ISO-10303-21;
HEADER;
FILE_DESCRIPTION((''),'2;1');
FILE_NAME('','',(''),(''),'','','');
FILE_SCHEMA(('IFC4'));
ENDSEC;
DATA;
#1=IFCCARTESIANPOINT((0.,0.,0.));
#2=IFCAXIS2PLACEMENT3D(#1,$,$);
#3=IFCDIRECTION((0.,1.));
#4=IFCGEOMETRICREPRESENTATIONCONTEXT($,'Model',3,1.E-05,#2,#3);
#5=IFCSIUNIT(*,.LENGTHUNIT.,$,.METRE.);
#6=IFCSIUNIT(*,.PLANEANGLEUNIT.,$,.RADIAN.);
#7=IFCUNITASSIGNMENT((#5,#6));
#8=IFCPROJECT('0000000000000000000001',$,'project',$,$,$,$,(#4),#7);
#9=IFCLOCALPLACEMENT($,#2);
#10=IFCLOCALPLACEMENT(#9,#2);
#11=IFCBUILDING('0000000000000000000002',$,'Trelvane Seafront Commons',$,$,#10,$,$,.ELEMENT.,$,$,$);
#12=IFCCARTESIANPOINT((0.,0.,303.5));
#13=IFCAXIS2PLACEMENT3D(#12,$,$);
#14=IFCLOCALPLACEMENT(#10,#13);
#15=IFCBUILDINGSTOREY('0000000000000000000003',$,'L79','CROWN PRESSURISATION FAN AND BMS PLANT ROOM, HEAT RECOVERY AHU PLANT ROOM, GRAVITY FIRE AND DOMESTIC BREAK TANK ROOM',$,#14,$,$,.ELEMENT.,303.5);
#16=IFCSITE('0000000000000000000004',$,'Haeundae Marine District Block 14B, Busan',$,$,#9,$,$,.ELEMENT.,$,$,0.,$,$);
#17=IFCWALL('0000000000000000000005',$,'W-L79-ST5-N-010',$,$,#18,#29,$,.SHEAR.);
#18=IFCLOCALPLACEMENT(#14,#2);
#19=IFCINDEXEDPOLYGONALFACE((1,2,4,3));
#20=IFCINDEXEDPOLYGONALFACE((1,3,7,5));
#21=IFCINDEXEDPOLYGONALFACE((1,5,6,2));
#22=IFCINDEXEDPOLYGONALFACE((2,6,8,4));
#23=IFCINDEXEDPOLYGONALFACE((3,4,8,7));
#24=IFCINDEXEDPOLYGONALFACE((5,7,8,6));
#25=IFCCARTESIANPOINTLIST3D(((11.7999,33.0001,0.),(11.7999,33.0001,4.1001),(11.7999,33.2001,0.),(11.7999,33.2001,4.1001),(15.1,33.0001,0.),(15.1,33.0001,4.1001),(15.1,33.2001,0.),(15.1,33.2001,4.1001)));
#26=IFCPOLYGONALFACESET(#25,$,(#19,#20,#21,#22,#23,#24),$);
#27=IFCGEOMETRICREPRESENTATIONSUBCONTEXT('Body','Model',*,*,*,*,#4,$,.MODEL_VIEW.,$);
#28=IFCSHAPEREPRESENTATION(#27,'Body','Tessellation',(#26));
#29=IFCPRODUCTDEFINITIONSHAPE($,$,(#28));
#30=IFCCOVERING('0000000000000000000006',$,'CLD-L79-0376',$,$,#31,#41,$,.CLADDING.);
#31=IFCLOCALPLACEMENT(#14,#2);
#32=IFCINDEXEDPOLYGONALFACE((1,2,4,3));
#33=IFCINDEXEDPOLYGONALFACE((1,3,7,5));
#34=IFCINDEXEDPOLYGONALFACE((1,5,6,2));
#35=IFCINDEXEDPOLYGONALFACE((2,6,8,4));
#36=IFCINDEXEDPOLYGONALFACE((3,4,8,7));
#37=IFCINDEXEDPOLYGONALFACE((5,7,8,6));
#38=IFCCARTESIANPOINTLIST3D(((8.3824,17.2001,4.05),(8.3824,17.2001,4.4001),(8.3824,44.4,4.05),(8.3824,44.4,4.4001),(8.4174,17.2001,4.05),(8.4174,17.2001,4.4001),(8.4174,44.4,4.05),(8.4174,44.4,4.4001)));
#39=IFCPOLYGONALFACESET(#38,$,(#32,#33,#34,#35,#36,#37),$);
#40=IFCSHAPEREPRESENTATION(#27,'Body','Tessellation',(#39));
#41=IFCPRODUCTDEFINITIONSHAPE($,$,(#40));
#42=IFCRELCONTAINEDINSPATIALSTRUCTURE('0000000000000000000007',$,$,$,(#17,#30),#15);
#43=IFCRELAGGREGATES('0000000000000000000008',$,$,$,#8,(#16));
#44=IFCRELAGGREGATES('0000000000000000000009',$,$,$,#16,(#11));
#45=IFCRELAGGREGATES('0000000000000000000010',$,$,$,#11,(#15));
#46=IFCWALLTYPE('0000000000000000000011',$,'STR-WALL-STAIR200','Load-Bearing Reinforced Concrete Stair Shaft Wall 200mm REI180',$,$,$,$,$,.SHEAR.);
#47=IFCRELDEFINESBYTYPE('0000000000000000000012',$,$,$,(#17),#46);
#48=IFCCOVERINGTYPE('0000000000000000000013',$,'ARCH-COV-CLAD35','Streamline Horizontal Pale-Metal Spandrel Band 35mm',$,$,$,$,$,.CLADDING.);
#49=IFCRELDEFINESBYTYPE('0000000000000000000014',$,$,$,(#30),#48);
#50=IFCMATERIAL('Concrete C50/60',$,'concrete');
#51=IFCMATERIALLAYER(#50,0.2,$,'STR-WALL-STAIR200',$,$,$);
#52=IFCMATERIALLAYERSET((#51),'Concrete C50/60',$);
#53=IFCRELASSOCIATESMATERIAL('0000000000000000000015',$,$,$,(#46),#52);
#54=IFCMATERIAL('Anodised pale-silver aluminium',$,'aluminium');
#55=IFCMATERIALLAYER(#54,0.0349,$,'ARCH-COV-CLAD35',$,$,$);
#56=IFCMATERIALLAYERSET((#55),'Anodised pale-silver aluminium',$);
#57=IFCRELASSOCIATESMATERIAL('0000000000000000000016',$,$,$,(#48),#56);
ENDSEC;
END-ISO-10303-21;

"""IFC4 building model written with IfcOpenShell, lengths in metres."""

from ifc_helpers import new_model, si_unit, direction, frame, frame_2d, origin, origin_2d, place, context, subcontext, project, spatial, rectangle, extrude, source, transform, mapped, material, layer, layer_set, type_object, element, save


model = new_model("IFC4")

# Units and contexts
model_context = context("Model", 3, precision=1e-05, world=origin(), true_north=direction((0.0, 1.0)))
body_context = subcontext(model_context, "Body", "Model", "MODEL_VIEW")
ifc_project = project(units=[si_unit("LENGTHUNIT", "METRE"), si_unit("PLANEANGLEUNIT", "RADIAN")], contexts=[model_context])

# Site, building, storey
site_placement = place(None, origin())
site = spatial("IfcSite", under=ifc_project, at=site_placement, Name="Haeundae Marine District Block 14B, Busan", CompositionType="ELEMENT", RefElevation=0.0)
building_placement = place(site_placement, origin())
building = spatial("IfcBuilding", under=site, at=building_placement, Name="Trelvane Seafront Commons", CompositionType="ELEMENT")
storey_placement = place(building_placement, frame((0.0, 0.0, 303.5)))
storey = spatial("IfcBuildingStorey", under=building, at=storey_placement, Name="L79", Description="CROWN PRESSURISATION FAN AND BMS PLANT ROOM, HEAT RECOVERY AHU PLANT ROOM, GRAVITY FIRE AND DOMESTIC BREAK TANK ROOM", CompositionType="ELEMENT", Elevation=303.5)

# Shared definitions
ifc_material_1 = material(Name="Anodised pale-silver aluminium", Category="aluminium")

# Wall
ifc_material_2 = material(Name="Concrete C50/60", Category="concrete")
ifc_layer_1 = layer(ifc_material_2, 0.2, Name="STR-WALL-STAIR200")
ifc_layer_set_1 = layer_set([ifc_layer_1], Name="Concrete C50/60")
wall_type = type_object("IfcWallType", Name="STR-WALL-STAIR200", Description="Load-Bearing Reinforced Concrete Stair Shaft Wall 200mm REI180", PredefinedType="SHEAR", material=ifc_layer_set_1)
wall_placement = place(storey_placement, frame((11.8, 33.1001, 0.0), z_axis=(0.0, 0.0, 1.0), x_axis=(1.0, 0.0, 0.0)))
element("IfcWall", 1, at=wall_placement, inside=storey, type_object=wall_type, Name="W-L79-ST5-N-010", PredefinedType="SHEAR", context=body_context, shape_type="SweptSolid", body=[
    extrude(rectangle(XDim=3.3, YDim=0.2, at=frame_2d((1.6499, 0.0))), origin(), (0.0, 0.0, 1.0), 4.1001),
])

# Covering
ifc_layer_2 = layer(ifc_material_1, 0.0349, Name="ARCH-COV-CLAD35")
ifc_layer_set_2 = layer_set([ifc_layer_2], Name="Anodised pale-silver aluminium")
covering_type = type_object("IfcCoveringType", Name="ARCH-COV-CLAD35", Description="Streamline Horizontal Pale-Metal Spandrel Band 35mm", PredefinedType="CLADDING", material=ifc_layer_set_2)
shared_shape_1 = source(origin(), body_context, "Body", "SweptSolid", [
    extrude(rectangle(XDim=27.2, YDim=0.0349, at=origin_2d()), origin(), (0.0, 0.0, 1.0), 0.3501),
])
covering_placement = place(storey_placement, frame((8.3999, 30.8, 4.05), z_axis=(0.0, 0.0, 1.0), x_axis=(0.0, 1.0, 0.0)))
element("IfcCovering", 2, at=covering_placement, inside=storey, type_object=covering_type, Name="CLD-L79-0376", PredefinedType="CLADDING", context=body_context, shape_type="MappedRepresentation", body=[
    mapped(shared_shape_1, transform((0.0, 0.0, 0.0), x_axis=(1.0, 0.0, 0.0), y_axis=(0.0, 1.0, 0.0), z_axis=(0.0, 0.0, 1.0), scale=1.0)),
])

save(model, "model.ifc")
